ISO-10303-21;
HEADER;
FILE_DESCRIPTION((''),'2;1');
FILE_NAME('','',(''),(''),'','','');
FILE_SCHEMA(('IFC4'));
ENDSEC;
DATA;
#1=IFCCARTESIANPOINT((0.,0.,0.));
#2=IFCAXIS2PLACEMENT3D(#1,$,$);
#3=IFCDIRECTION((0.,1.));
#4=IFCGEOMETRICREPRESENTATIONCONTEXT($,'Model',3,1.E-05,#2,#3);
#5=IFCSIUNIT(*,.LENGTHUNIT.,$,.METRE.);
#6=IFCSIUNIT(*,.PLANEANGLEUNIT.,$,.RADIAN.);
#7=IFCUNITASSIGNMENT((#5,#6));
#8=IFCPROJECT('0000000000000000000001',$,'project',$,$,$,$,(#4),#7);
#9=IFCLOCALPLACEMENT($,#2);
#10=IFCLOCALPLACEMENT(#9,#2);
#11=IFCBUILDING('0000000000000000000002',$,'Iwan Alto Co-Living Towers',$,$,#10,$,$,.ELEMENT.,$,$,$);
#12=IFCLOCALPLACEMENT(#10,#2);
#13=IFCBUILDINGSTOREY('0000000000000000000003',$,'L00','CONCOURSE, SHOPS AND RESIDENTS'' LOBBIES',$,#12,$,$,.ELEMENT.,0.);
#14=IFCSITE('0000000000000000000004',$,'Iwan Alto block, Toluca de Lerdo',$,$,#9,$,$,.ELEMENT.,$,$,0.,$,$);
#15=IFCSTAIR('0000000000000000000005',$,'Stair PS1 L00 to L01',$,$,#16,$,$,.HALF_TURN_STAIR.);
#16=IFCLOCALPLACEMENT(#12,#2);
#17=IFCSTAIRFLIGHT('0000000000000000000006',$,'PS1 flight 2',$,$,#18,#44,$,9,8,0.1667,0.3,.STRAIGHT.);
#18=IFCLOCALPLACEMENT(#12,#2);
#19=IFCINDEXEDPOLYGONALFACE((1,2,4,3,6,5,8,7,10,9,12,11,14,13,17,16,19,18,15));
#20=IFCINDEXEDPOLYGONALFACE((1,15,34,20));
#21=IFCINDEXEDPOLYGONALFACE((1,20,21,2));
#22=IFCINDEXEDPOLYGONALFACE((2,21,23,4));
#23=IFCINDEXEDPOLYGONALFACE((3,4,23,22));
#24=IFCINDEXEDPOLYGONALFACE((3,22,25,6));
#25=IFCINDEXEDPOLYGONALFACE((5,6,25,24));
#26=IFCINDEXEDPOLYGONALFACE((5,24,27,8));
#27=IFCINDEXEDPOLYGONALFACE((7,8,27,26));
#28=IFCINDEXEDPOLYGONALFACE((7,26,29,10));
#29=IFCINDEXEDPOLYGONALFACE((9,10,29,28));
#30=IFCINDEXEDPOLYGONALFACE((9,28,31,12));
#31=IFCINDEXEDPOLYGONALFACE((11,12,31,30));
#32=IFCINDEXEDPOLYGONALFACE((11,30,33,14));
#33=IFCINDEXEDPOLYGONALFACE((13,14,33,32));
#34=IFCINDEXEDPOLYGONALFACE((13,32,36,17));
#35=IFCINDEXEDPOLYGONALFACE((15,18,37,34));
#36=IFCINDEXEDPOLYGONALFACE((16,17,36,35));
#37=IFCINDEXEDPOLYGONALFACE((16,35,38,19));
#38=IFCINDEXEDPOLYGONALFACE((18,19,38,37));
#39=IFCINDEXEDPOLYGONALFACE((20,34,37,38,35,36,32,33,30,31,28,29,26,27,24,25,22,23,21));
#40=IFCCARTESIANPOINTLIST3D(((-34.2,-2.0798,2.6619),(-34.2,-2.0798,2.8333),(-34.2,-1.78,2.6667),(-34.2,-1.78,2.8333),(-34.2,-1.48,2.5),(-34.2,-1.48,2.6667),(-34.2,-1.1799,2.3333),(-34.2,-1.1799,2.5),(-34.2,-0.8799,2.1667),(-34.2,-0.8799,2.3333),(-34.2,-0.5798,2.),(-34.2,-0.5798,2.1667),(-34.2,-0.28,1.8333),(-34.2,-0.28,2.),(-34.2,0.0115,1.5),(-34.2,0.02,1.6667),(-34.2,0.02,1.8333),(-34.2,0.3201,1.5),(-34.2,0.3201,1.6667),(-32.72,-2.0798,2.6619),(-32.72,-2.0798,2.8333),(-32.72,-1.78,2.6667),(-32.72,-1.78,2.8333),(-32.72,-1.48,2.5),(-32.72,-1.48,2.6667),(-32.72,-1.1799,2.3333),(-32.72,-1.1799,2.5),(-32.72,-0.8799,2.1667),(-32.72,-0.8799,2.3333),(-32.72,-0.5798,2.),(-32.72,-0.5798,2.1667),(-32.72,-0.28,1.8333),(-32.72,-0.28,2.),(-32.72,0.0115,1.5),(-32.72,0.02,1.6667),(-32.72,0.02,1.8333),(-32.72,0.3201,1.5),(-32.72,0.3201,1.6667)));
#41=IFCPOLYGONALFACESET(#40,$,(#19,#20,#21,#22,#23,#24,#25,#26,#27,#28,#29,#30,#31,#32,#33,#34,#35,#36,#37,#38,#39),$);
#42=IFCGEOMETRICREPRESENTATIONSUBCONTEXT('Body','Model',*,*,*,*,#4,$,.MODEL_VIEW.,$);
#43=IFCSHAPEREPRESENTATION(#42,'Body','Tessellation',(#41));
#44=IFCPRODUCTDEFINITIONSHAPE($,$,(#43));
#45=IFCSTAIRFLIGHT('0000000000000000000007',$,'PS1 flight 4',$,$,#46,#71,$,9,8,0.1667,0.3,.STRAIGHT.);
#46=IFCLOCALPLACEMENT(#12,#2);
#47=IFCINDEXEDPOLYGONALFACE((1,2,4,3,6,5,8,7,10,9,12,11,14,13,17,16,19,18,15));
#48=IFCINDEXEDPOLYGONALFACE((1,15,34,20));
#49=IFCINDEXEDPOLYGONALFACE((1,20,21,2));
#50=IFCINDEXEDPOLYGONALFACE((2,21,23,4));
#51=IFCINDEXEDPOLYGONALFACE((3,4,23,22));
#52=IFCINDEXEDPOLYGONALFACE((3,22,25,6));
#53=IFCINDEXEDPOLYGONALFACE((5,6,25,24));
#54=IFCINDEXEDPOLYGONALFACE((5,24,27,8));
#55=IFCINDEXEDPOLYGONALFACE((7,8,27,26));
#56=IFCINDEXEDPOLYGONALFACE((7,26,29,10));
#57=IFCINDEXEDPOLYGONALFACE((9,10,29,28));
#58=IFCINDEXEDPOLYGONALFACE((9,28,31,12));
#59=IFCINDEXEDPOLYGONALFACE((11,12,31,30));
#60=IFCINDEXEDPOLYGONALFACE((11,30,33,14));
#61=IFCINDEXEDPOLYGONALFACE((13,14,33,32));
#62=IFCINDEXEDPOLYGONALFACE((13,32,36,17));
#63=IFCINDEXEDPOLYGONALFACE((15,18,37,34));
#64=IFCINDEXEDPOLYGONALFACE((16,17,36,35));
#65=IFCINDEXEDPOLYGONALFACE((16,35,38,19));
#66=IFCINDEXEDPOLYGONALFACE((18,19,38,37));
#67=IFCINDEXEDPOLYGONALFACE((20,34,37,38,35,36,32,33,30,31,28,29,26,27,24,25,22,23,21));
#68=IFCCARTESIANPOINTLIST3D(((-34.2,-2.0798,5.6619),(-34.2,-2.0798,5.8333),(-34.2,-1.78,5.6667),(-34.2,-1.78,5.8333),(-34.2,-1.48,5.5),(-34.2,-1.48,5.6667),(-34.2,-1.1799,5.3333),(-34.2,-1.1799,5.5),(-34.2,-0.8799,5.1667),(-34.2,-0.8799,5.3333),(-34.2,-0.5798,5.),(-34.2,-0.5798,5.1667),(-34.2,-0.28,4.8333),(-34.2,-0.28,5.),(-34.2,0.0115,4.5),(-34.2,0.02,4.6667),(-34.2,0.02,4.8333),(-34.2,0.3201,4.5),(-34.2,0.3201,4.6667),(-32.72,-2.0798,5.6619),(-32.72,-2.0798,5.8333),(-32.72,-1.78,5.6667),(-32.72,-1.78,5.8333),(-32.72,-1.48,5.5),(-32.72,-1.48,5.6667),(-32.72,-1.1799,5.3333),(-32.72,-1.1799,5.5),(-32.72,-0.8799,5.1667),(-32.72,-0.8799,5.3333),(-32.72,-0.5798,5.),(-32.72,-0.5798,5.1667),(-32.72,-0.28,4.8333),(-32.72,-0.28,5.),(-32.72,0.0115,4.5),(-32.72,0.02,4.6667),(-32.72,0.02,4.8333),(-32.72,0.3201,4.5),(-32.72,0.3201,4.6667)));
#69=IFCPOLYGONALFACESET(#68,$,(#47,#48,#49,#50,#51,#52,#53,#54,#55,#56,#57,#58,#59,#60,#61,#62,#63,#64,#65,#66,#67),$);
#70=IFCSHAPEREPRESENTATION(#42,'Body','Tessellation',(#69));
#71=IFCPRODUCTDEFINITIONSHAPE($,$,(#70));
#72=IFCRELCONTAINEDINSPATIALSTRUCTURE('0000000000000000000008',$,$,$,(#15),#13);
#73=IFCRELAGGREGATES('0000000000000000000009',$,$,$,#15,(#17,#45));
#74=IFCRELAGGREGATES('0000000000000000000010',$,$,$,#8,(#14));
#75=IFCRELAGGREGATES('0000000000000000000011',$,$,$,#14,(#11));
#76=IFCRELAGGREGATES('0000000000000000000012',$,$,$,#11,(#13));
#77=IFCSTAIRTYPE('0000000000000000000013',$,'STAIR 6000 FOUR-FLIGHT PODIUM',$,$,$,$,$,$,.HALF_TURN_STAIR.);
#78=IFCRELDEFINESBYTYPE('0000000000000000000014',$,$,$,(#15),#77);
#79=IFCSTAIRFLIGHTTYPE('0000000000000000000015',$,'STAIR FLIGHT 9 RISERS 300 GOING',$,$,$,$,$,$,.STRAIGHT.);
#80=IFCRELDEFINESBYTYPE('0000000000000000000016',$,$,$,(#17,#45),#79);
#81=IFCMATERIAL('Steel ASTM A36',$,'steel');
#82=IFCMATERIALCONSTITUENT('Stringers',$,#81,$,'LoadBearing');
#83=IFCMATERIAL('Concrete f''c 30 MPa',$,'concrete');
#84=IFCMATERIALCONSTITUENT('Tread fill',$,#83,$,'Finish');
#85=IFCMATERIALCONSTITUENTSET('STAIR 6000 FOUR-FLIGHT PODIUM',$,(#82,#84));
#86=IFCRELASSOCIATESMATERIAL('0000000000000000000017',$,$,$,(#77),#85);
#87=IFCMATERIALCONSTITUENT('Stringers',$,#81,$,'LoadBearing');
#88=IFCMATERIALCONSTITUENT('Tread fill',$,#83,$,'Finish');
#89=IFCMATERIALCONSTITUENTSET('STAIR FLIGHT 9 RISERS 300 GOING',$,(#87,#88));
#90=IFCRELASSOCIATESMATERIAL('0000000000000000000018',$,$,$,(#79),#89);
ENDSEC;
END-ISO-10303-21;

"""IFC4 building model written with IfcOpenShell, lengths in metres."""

from ifc_helpers import new_model, si_unit, direction, frame, origin, place, context, subcontext, project, spatial, polyline, outline, extrude, material, constituent, constituent_set, type_object, element, aggregate, save


model = new_model("IFC4")

# Units and contexts
model_context = context("Model", 3, precision=1e-05, world=origin(), true_north=direction((0.0, 1.0)))
body_context = subcontext(model_context, "Body", "Model", "MODEL_VIEW")
ifc_project = project(units=[si_unit("LENGTHUNIT", "METRE"), si_unit("PLANEANGLEUNIT", "RADIAN")], contexts=[model_context])

# Site, building, storey
site_placement = place(None, origin())
site = spatial("IfcSite", under=ifc_project, at=site_placement, Name="Iwan Alto block, Toluca de Lerdo", CompositionType="ELEMENT", RefElevation=0.0)
building_placement = place(site_placement, origin())
building = spatial("IfcBuilding", under=site, at=building_placement, Name="Iwan Alto Co-Living Towers", CompositionType="ELEMENT")
storey_placement = place(building_placement, origin())
storey = spatial("IfcBuildingStorey", under=building, at=storey_placement, Name="L00", Description="CONCOURSE, SHOPS AND RESIDENTS' LOBBIES", CompositionType="ELEMENT", Elevation=0.0)

# Stair, stair flights
ifc_material_1 = material(Name="Steel ASTM A36", Category="steel")
ifc_constituent_1 = constituent(ifc_material_1, Name="Stringers", Category="LoadBearing")
ifc_material_2 = material(Name="Concrete f'c 30 MPa", Category="concrete")
ifc_constituent_2 = constituent(ifc_material_2, Name="Tread fill", Category="Finish")
ifc_constituent_set_1 = constituent_set(constituents=[ifc_constituent_1, ifc_constituent_2], Name="STAIR 6000 FOUR-FLIGHT PODIUM")
stair_type = type_object("IfcStairType", Name="STAIR 6000 FOUR-FLIGHT PODIUM", PredefinedType="HALF_TURN_STAIR", material=ifc_constituent_set_1)
stair_placement = place(storey_placement, origin())
stair = element("IfcStair", 1, at=stair_placement, inside=storey, type_object=stair_type, Name="Stair PS1 L00 to L01", PredefinedType="HALF_TURN_STAIR")
ifc_constituent_3 = constituent(ifc_material_1, Name="Stringers", Category="LoadBearing")
ifc_constituent_4 = constituent(ifc_material_2, Name="Tread fill", Category="Finish")
ifc_constituent_set_2 = constituent_set(constituents=[ifc_constituent_3, ifc_constituent_4], Name="STAIR FLIGHT 9 RISERS 300 GOING")
stair_flight_type = type_object("IfcStairFlightType", Name="STAIR FLIGHT 9 RISERS 300 GOING", PredefinedType="STRAIGHT", material=ifc_constituent_set_2)
stair_flight_1_placement = place(storey_placement, frame((-33.46, 0.3201, 1.5), z_axis=(0.0, 0.0, 1.0), x_axis=(0.0, -1.0, 0.0)))
stair_flight_1 = element("IfcStairFlight", 2, at=stair_flight_1_placement, type_object=stair_flight_type, Name="PS1 flight 2", NumberOfRisers=9, NumberOfTreads=8, PredefinedType="STRAIGHT", RiserHeight=0.1667, TreadLength=0.3, context=body_context, shape_type="SweptSolid", body=[
    extrude(outline(polyline([(0.0, 0.0), (0.0, 0.1667), (0.3, 0.1667), (0.3, 0.3333), (0.6001, 0.3333), (0.6001, 0.5), (0.8999, 0.5), (0.8999, 0.6667), (1.2, 0.6667), (1.2, 0.8333), (1.5, 0.8333), (1.5, 1.0), (1.8, 1.0), (1.8, 1.1667), (2.1001, 1.1667), (2.1001, 1.3333), (2.3999, 1.3333), (2.3999, 1.5), (2.3999, 1.1619), (0.3086, 0.0), (0.0, 0.0)])), frame((0.0, 0.74, 0.0), z_axis=(0.0, -1.0, 0.0), x_axis=(1.0, 0.0, 0.0)), (0.0, 0.0, 1.0), 1.48),
])
stair_flight_2_placement = place(storey_placement, frame((-33.46, 0.3201, 4.5), z_axis=(0.0, 0.0, 1.0), x_axis=(0.0, -1.0, 0.0)))
stair_flight_2 = element("IfcStairFlight", 3, at=stair_flight_2_placement, type_object=stair_flight_type, Name="PS1 flight 4", NumberOfRisers=9, NumberOfTreads=8, PredefinedType="STRAIGHT", RiserHeight=0.1667, TreadLength=0.3, context=body_context, shape_type="SweptSolid", body=[
    extrude(outline(polyline([(0.0, 0.0), (0.0, 0.1667), (0.3, 0.1667), (0.3, 0.3333), (0.6001, 0.3333), (0.6001, 0.5), (0.8999, 0.5), (0.8999, 0.6667), (1.2, 0.6667), (1.2, 0.8333), (1.5, 0.8333), (1.5, 1.0), (1.8, 1.0), (1.8, 1.1667), (2.1001, 1.1667), (2.1001, 1.3333), (2.3999, 1.3333), (2.3999, 1.5), (2.3999, 1.1619), (0.3086, 0.0), (0.0, 0.0)])), frame((0.0, 0.74, 0.0), z_axis=(0.0, -1.0, 0.0), x_axis=(1.0, 0.0, 0.0)), (0.0, 0.0, 1.0), 1.48),
])
aggregate(stair, [stair_flight_1, stair_flight_2])

save(model, "model.ifc")
